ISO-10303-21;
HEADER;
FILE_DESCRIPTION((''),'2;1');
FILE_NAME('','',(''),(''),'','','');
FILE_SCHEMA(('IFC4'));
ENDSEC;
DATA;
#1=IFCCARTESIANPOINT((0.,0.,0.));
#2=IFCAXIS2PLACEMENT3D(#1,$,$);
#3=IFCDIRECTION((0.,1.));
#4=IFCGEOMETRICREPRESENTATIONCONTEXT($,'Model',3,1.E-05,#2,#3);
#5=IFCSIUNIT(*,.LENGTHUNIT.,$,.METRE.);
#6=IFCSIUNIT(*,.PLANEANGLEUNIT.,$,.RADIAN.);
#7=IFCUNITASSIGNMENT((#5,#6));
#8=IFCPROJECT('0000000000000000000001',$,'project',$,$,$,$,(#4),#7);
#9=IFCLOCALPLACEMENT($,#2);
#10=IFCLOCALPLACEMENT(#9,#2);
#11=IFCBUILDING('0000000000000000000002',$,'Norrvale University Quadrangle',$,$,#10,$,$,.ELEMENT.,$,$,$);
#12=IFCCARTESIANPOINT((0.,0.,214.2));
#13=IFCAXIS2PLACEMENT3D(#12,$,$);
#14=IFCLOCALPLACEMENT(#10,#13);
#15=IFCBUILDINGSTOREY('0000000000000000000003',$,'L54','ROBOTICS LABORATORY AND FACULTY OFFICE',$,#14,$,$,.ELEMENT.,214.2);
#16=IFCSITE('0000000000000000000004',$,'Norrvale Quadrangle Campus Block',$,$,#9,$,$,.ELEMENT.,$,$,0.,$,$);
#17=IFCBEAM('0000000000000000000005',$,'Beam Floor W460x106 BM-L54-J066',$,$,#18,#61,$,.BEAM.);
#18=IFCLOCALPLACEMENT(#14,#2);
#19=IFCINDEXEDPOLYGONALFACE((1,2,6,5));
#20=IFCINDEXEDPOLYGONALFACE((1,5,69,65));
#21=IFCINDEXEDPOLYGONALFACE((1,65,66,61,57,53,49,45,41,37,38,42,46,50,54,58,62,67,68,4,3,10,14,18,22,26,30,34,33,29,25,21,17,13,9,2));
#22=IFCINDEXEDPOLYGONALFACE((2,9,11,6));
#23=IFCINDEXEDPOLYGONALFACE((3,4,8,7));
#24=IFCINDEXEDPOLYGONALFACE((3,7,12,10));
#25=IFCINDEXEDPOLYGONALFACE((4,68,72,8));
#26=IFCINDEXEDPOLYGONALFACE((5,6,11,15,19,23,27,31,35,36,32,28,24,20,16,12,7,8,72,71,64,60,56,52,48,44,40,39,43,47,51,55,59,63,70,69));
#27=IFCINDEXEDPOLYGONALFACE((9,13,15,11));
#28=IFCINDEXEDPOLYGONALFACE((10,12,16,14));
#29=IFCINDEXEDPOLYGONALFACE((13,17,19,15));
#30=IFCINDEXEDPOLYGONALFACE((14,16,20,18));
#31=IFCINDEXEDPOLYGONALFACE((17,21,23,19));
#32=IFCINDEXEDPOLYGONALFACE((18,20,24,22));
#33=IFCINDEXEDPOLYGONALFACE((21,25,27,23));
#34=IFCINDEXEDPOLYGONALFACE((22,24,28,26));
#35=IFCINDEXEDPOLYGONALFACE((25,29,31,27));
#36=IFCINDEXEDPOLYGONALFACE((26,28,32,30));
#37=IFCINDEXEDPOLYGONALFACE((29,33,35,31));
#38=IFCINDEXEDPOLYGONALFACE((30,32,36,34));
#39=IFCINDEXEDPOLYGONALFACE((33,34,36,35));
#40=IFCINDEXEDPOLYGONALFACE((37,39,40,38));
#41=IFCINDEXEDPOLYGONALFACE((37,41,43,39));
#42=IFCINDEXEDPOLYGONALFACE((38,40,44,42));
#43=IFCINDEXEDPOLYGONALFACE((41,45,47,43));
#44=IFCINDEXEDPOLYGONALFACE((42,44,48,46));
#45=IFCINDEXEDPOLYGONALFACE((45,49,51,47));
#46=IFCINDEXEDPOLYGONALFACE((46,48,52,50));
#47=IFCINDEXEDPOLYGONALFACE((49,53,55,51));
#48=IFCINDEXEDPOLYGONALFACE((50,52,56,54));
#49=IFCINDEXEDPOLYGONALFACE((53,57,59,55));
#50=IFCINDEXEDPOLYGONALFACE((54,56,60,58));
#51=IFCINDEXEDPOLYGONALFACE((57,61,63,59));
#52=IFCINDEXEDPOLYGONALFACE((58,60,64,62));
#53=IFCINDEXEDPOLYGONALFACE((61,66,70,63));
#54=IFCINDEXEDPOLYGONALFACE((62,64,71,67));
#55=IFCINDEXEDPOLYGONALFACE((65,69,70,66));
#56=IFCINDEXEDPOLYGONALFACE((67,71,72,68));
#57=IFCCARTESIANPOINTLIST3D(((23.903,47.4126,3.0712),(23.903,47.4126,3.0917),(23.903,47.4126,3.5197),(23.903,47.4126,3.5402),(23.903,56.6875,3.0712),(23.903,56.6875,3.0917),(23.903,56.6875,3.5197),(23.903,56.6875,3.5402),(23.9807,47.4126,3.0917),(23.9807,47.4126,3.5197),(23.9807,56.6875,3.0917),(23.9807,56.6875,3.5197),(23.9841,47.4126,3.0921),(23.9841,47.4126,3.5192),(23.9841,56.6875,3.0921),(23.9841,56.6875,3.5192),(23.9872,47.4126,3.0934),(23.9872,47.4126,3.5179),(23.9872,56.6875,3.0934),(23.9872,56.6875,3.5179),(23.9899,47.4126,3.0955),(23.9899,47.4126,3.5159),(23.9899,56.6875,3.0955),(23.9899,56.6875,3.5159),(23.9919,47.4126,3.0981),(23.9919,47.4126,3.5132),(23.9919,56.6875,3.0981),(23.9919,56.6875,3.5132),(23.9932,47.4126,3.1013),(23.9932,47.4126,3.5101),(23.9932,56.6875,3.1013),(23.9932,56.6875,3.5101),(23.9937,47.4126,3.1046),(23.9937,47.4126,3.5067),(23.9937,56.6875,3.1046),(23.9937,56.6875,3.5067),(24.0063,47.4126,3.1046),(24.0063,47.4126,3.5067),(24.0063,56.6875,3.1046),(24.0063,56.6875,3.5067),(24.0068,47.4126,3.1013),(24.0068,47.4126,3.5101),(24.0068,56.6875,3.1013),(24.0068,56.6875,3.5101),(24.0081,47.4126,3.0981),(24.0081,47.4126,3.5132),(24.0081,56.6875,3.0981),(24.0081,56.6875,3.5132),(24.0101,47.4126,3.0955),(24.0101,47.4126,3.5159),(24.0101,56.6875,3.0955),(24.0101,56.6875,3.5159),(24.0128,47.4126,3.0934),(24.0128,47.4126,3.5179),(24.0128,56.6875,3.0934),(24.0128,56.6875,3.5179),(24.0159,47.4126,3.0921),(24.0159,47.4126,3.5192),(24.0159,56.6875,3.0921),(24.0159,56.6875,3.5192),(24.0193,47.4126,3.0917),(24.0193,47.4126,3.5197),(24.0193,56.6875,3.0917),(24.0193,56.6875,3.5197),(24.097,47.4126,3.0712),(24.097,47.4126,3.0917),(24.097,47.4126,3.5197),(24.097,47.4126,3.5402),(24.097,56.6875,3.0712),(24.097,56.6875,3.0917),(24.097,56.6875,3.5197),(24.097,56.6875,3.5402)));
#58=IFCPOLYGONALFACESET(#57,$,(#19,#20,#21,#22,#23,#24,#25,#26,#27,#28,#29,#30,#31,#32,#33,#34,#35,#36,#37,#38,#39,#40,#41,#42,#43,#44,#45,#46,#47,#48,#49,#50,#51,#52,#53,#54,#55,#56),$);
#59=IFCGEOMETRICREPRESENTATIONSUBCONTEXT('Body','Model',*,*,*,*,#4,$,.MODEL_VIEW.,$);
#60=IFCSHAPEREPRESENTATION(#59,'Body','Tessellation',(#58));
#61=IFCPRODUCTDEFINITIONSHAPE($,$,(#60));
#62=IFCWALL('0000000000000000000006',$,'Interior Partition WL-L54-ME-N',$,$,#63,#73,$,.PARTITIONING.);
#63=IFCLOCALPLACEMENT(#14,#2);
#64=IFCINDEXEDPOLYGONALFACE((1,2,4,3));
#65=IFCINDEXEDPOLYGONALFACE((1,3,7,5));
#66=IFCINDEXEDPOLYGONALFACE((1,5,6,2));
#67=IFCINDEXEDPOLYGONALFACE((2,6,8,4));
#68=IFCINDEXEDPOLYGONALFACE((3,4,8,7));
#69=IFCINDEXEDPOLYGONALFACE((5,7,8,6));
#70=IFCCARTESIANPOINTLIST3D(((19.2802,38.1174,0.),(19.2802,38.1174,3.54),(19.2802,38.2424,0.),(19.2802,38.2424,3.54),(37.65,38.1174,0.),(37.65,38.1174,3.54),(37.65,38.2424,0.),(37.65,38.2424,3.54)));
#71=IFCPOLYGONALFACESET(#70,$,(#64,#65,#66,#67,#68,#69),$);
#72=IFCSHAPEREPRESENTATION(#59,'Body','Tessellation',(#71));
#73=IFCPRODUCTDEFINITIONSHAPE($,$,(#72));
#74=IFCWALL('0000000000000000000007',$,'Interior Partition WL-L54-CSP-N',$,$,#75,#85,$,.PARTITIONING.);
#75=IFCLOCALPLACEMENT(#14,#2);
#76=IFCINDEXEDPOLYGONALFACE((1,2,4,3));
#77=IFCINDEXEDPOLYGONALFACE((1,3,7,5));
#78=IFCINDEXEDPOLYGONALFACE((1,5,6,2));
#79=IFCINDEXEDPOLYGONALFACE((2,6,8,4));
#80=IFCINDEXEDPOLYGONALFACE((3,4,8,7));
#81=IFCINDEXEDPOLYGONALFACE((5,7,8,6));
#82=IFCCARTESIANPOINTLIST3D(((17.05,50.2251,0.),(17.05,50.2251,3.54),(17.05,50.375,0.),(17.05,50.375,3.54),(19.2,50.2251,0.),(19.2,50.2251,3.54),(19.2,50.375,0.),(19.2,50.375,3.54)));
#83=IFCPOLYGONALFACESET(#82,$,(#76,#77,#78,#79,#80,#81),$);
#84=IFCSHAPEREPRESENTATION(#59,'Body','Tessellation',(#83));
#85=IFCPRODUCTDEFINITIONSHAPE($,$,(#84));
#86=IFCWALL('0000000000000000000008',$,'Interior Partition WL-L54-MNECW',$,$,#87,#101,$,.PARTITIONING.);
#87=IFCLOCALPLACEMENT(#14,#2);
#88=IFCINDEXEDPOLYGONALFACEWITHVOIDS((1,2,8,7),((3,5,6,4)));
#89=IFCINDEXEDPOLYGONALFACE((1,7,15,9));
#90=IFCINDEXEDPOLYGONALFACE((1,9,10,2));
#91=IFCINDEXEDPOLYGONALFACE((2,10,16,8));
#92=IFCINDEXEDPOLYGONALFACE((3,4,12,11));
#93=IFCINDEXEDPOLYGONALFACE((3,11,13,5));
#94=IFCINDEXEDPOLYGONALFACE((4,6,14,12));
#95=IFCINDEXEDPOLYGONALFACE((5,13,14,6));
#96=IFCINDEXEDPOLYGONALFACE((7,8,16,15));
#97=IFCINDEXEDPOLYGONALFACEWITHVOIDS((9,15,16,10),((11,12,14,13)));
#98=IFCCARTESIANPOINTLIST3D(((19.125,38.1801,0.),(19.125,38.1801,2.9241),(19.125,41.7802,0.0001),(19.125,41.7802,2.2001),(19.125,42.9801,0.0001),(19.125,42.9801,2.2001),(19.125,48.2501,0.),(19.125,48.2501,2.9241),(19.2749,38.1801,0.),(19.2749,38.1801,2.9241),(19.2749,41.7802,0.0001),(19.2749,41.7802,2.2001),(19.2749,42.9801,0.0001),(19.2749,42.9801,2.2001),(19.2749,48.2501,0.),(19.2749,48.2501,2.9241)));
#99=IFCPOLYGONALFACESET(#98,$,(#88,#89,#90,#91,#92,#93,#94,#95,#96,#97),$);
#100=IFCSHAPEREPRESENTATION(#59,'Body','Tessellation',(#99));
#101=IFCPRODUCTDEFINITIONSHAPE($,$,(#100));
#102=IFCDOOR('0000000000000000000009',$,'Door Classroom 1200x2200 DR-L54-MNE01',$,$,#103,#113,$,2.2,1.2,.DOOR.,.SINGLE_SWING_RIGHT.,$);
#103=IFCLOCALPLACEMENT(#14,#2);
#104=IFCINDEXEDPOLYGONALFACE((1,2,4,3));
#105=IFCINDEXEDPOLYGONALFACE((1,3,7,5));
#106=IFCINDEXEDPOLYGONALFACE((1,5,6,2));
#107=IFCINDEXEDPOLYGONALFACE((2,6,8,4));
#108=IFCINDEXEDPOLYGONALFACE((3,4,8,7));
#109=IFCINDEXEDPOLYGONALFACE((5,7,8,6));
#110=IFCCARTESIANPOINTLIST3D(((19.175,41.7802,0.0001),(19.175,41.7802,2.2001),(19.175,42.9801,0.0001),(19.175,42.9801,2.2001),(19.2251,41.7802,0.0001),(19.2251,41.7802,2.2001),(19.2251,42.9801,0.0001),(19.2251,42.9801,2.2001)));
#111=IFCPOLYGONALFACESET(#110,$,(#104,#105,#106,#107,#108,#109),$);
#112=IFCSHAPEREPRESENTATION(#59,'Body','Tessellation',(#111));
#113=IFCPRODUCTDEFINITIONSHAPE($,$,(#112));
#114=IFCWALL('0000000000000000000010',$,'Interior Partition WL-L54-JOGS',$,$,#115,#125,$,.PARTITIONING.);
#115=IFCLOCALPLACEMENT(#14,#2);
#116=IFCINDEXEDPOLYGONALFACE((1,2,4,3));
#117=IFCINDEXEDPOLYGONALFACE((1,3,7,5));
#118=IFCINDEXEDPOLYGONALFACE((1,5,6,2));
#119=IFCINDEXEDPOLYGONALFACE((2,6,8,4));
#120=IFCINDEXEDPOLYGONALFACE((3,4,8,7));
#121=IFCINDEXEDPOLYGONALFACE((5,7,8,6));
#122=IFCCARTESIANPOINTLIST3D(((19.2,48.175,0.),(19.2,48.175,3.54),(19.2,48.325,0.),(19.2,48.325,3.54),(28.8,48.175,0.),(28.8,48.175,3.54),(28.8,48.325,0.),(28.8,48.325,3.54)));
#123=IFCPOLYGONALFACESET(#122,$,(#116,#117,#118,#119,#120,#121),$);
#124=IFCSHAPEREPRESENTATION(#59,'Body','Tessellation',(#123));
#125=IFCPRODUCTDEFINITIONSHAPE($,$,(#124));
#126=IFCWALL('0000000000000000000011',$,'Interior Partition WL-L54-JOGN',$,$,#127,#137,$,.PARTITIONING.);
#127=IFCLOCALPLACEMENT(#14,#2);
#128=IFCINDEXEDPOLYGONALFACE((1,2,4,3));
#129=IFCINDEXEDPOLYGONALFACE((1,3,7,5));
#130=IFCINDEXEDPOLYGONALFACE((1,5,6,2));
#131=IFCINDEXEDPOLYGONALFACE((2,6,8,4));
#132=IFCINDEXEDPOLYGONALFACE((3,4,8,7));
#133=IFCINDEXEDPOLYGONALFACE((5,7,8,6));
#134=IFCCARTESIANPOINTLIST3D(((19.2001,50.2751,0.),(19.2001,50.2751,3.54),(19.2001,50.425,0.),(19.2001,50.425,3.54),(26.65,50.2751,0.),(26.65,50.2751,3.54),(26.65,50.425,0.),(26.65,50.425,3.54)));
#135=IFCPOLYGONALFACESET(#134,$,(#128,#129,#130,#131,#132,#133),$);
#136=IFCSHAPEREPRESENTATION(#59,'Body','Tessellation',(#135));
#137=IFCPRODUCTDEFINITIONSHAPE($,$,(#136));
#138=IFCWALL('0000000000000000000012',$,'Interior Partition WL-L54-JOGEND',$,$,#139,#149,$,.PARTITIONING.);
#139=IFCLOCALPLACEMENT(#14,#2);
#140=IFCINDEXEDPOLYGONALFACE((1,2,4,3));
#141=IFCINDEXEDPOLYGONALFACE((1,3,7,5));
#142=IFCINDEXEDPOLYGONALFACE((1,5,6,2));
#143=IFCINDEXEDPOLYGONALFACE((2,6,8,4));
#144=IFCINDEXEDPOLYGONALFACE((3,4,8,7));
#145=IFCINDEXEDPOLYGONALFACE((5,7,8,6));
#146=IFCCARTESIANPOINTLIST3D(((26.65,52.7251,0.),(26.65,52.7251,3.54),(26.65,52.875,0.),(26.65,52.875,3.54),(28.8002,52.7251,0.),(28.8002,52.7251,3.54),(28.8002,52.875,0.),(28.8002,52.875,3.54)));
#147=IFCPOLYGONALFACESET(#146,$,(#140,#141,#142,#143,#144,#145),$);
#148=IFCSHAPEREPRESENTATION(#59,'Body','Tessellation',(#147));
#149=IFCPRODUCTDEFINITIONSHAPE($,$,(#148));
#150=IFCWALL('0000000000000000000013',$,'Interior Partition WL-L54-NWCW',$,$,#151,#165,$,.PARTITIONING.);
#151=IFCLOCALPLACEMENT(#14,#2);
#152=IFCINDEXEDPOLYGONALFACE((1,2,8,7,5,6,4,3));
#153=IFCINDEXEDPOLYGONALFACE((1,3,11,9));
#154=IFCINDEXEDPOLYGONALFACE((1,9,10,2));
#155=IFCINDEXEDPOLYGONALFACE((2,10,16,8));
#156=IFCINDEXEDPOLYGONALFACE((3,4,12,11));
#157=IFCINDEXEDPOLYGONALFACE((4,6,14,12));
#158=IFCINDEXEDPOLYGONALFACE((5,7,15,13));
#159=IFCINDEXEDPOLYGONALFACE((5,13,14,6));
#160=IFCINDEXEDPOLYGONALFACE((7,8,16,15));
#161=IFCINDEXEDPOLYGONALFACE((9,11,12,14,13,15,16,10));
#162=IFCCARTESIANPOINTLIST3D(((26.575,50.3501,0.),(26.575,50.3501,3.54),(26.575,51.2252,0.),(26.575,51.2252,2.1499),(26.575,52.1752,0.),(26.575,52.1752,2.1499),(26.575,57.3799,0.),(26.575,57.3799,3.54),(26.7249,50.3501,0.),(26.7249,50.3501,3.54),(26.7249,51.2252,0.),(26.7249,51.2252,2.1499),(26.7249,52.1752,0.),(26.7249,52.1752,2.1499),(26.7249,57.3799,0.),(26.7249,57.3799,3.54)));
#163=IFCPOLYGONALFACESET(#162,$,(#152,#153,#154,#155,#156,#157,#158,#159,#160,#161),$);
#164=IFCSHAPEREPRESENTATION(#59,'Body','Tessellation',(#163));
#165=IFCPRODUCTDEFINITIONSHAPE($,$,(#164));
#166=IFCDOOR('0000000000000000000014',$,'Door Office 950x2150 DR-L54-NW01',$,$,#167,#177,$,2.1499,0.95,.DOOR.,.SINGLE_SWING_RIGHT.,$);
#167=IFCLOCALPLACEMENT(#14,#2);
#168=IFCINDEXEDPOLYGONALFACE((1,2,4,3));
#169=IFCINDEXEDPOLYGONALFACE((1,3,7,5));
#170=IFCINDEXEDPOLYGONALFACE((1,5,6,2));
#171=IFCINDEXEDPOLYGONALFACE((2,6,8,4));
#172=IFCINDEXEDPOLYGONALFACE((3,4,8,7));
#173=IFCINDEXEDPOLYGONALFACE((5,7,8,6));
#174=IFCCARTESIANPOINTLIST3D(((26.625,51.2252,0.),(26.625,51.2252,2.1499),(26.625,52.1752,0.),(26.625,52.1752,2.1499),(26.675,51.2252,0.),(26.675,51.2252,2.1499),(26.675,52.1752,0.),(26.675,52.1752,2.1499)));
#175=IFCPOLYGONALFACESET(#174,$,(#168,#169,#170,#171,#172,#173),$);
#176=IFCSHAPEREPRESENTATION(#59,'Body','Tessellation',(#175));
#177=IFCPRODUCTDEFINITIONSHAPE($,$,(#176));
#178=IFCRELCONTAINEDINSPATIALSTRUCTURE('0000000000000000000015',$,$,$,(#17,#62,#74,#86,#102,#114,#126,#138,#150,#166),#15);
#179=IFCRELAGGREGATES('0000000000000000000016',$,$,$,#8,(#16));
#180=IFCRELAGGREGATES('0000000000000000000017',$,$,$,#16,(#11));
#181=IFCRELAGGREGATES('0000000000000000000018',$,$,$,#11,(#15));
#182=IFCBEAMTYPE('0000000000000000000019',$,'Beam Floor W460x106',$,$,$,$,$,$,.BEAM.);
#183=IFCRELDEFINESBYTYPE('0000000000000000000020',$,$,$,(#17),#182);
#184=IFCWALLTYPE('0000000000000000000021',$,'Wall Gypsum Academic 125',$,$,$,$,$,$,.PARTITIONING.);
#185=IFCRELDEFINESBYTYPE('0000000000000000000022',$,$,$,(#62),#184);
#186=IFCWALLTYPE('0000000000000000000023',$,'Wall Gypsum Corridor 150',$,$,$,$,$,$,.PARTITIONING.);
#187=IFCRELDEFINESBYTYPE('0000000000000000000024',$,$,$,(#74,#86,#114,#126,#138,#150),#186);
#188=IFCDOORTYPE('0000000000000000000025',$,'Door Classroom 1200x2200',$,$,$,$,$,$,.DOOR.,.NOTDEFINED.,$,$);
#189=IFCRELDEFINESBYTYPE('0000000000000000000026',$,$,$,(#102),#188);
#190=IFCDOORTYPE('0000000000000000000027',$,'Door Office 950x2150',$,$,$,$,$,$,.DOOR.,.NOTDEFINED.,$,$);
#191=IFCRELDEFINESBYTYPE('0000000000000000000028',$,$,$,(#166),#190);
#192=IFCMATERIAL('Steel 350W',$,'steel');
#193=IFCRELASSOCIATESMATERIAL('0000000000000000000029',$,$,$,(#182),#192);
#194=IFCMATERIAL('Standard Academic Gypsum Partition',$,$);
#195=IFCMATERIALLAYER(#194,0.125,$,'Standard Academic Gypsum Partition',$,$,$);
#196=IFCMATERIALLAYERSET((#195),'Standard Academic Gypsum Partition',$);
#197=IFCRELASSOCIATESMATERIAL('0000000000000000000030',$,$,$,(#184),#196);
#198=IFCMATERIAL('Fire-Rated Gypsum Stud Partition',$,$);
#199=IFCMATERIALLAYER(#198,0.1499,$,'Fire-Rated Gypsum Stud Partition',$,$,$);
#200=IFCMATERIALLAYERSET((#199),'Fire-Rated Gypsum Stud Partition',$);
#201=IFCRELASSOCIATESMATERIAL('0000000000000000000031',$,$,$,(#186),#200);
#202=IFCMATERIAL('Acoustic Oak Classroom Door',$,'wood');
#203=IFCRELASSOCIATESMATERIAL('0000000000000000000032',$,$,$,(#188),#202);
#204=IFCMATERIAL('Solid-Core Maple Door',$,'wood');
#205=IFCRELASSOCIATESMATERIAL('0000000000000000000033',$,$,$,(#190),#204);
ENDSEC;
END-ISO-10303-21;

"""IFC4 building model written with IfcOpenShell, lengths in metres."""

from ifc_helpers import new_model, si_unit, direction, frame, frame_2d, origin, origin_2d, place, context, subcontext, project, spatial, rectangle, i_section, extrude, material, layer, layer_set, material_profile, profile_set, type_object, element, fill, save


model = new_model("IFC4")

# Units and contexts
model_context = context("Model", 3, precision=1e-05, world=origin(), true_north=direction((0.0, 1.0)))
body_context = subcontext(model_context, "Body", "Model", "MODEL_VIEW")
ifc_project = project(units=[si_unit("LENGTHUNIT", "METRE"), si_unit("PLANEANGLEUNIT", "RADIAN")], contexts=[model_context])

# Site, building, storey
site_placement = place(None, origin())
site = spatial("IfcSite", under=ifc_project, at=site_placement, Name="Norrvale Quadrangle Campus Block", CompositionType="ELEMENT", RefElevation=0.0)
building_placement = place(site_placement, origin())
building = spatial("IfcBuilding", under=site, at=building_placement, Name="Norrvale University Quadrangle", CompositionType="ELEMENT")
storey_placement = place(building_placement, frame((0.0, 0.0, 214.2)))
storey = spatial("IfcBuildingStorey", under=building, at=storey_placement, Name="L54", Description="ROBOTICS LABORATORY AND FACULTY OFFICE", CompositionType="ELEMENT", Elevation=214.2)

# Beam
ifc_material_1 = material(Name="Steel 350W", Category="steel")
ifc_material_profile_1 = material_profile(ifc_material_1, i_section(OverallWidth=0.1941, OverallDepth=0.469, WebThickness=0.0127, FlangeThickness=0.0205, FilletRadius=0.0129, at=origin_2d()), Name="Steel 350W")
ifc_profile_set_1 = profile_set([ifc_material_profile_1], Name="Steel 350W")
beam_type_1 = type_object("IfcBeamType", Name="Beam Floor W460x106", PredefinedType="BEAM", material=ifc_profile_set_1)
for number, where, z_axis, x_axis, name in (
    (1, (24.0, 47.4126, 3.3057), (0.0, 1.0, 0.0), (-1.0, 0.0, 0.0), "Beam Floor W460x106 BM-L54-J066"),
):
    element("IfcBeam", number, at=place(storey_placement, frame(where, z_axis=z_axis, x_axis=x_axis)), inside=storey, type_object=beam_type_1, Name=name, PredefinedType="BEAM", context=body_context, shape_type="SweptSolid", body=[
        extrude(i_section(OverallWidth=0.1941, OverallDepth=0.469, WebThickness=0.0127, FlangeThickness=0.0205, FilletRadius=0.0129, at=origin_2d()), origin(), (0.0, 0.0, 1.0), 9.2749),
    ])

# Walls
ifc_material_2 = material(Name="Standard Academic Gypsum Partition")
ifc_layer_1 = layer(ifc_material_2, 0.125, Name="Standard Academic Gypsum Partition")
ifc_layer_set_1 = layer_set([ifc_layer_1], Name="Standard Academic Gypsum Partition")
wall_type_1 = type_object("IfcWallType", Name="Wall Gypsum Academic 125", PredefinedType="PARTITIONING", material=ifc_layer_set_1)
wall_1_placement = place(storey_placement, frame((19.28, 38.1799, 0.0), z_axis=(0.0, 0.0, 1.0), x_axis=(1.0, 0.0, 0.0)))
element("IfcWall", 2, at=wall_1_placement, inside=storey, type_object=wall_type_1, Name="Interior Partition WL-L54-ME-N", PredefinedType="PARTITIONING", context=body_context, shape_type="SweptSolid", body=[
    extrude(rectangle(XDim=18.3699, YDim=0.125, at=frame_2d((9.1851, 0.0))), origin(), (0.0, 0.0, 1.0), 3.54),
])
ifc_material_3 = material(Name="Fire-Rated Gypsum Stud Partition")
ifc_layer_2 = layer(ifc_material_3, 0.1499, Name="Fire-Rated Gypsum Stud Partition")
ifc_layer_set_2 = layer_set([ifc_layer_2], Name="Fire-Rated Gypsum Stud Partition")
wall_type_2 = type_object("IfcWallType", Name="Wall Gypsum Corridor 150", PredefinedType="PARTITIONING", material=ifc_layer_set_2)
wall_2_placement = place(storey_placement, frame((17.05, 50.3, 0.0), z_axis=(0.0, 0.0, 1.0), x_axis=(1.0, 0.0, 0.0)))
element("IfcWall", 3, at=wall_2_placement, inside=storey, type_object=wall_type_2, Name="Interior Partition WL-L54-CSP-N", PredefinedType="PARTITIONING", context=body_context, shape_type="SweptSolid", body=[
    extrude(rectangle(XDim=2.1499, YDim=0.1499, at=frame_2d((1.075, 0.0))), origin(), (0.0, 0.0, 1.0), 3.54),
])

# Wall, opening, door
wall_3_placement = place(storey_placement, frame((19.2, 38.1799, 0.0), z_axis=(0.0, 0.0, 1.0), x_axis=(0.0, 1.0, 0.0)))
wall_3 = element("IfcWall", 4, at=wall_3_placement, inside=storey, type_object=wall_type_2, Name="Interior Partition WL-L54-MNECW", PredefinedType="PARTITIONING", context=body_context, shape_type="SweptSolid", body=[
    extrude(rectangle(XDim=10.0701, YDim=0.1499, at=frame_2d((5.0352, 0.0))), origin(), (0.0, 0.0, 1.0), 2.9241),
])
opening_1_placement = place(wall_3_placement, frame((3.6001, 0.0, 0.0)))
opening_1 = element("IfcOpeningElement", 5, at=opening_1_placement, cuts=wall_3, PredefinedType="OPENING", context=body_context, shape_type="SweptSolid", body=[
    extrude(rectangle(XDim=1.2, YDim=2.2, at=frame_2d((0.6001, 1.1001))), frame((0.0, 0.0869, 0.0), z_axis=(0.0, -1.0, 0.0), x_axis=(1.0, 0.0, 0.0)), (0.0, 0.0, 1.0), 0.1738),
])
ifc_material_4 = material(Name="Acoustic Oak Classroom Door", Category="wood")
door_type_1 = type_object("IfcDoorType", Name="Door Classroom 1200x2200", OperationType="NOTDEFINED", PredefinedType="DOOR", material=ifc_material_4)
door_1_placement = place(opening_1_placement, origin())
door_1 = element("IfcDoor", 6, at=door_1_placement, inside=storey, type_object=door_type_1, Name="Door Classroom 1200x2200 DR-L54-MNE01", OperationType="SINGLE_SWING_RIGHT", OverallHeight=2.2, OverallWidth=1.2, PredefinedType="DOOR", context=body_context, shape_type="SweptSolid", body=[
    extrude(rectangle(XDim=1.2, YDim=2.2, at=frame_2d((0.6001, 1.1001))), frame((0.0, 0.0249, 0.0), z_axis=(0.0, -1.0, 0.0), x_axis=(1.0, 0.0, 0.0)), (0.0, 0.0, 1.0), 0.05),
])
fill(opening_1, door_1)

# Walls
wall_4_placement = place(storey_placement, frame((19.2, 48.25, 0.0), z_axis=(0.0, 0.0, 1.0), x_axis=(1.0, 0.0, 0.0)))
element("IfcWall", 7, at=wall_4_placement, inside=storey, type_object=wall_type_2, Name="Interior Partition WL-L54-JOGS", PredefinedType="PARTITIONING", context=body_context, shape_type="SweptSolid", body=[
    extrude(rectangle(XDim=9.6001, YDim=0.1499, at=frame_2d((4.8, 0.0))), origin(), (0.0, 0.0, 1.0), 3.54),
])
wall_5_placement = place(storey_placement, frame((19.2, 50.3501, 0.0), z_axis=(0.0, 0.0, 1.0), x_axis=(1.0, 0.0, 0.0)))
element("IfcWall", 8, at=wall_5_placement, inside=storey, type_object=wall_type_2, Name="Interior Partition WL-L54-JOGN", PredefinedType="PARTITIONING", context=body_context, shape_type="SweptSolid", body=[
    extrude(rectangle(XDim=7.45, YDim=0.1499, at=frame_2d((3.7251, 0.0))), origin(), (0.0, 0.0, 1.0), 3.54),
])
wall_6_placement = place(storey_placement, frame((26.6499, 52.8, 0.0), z_axis=(0.0, 0.0, 1.0), x_axis=(1.0, 0.0, 0.0)))
element("IfcWall", 9, at=wall_6_placement, inside=storey, type_object=wall_type_2, Name="Interior Partition WL-L54-JOGEND", PredefinedType="PARTITIONING", context=body_context, shape_type="SweptSolid", body=[
    extrude(rectangle(XDim=2.1501, YDim=0.1499, at=frame_2d((1.0752, 0.0))), origin(), (0.0, 0.0, 1.0), 3.54),
])

# Wall, opening, door
wall_7_placement = place(storey_placement, frame((26.6499, 50.3501, 0.0), z_axis=(0.0, 0.0, 1.0), x_axis=(0.0, 1.0, 0.0)))
wall_7 = element("IfcWall", 10, at=wall_7_placement, inside=storey, type_object=wall_type_2, Name="Interior Partition WL-L54-NWCW", PredefinedType="PARTITIONING", context=body_context, shape_type="SweptSolid", body=[
    extrude(rectangle(XDim=7.0298, YDim=0.1499, at=frame_2d((3.5149, 0.0))), origin(), (0.0, 0.0, 1.0), 3.54),
])
opening_2_placement = place(wall_7_placement, frame((0.875, 0.0, 0.0)))
opening_2 = element("IfcOpeningElement", 11, at=opening_2_placement, cuts=wall_7, PredefinedType="OPENING", context=body_context, shape_type="SweptSolid", body=[
    extrude(rectangle(XDim=0.95, YDim=2.1499, at=frame_2d((0.4751, 1.075))), frame((0.0, 0.0869, 0.0), z_axis=(0.0, -1.0, 0.0), x_axis=(1.0, 0.0, 0.0)), (0.0, 0.0, 1.0), 0.1738),
])
ifc_material_5 = material(Name="Solid-Core Maple Door", Category="wood")
door_type_2 = type_object("IfcDoorType", Name="Door Office 950x2150", OperationType="NOTDEFINED", PredefinedType="DOOR", material=ifc_material_5)
door_2_placement = place(opening_2_placement, origin())
door_2 = element("IfcDoor", 12, at=door_2_placement, inside=storey, type_object=door_type_2, Name="Door Office 950x2150 DR-L54-NW01", OperationType="SINGLE_SWING_RIGHT", OverallHeight=2.1499, OverallWidth=0.95, PredefinedType="DOOR", context=body_context, shape_type="SweptSolid", body=[
    extrude(rectangle(XDim=0.95, YDim=2.1499, at=frame_2d((0.4751, 1.075))), frame((0.0, 0.0249, 0.0), z_axis=(0.0, -1.0, 0.0), x_axis=(1.0, 0.0, 0.0)), (0.0, 0.0, 1.0), 0.05),
])
fill(opening_2, door_2)

save(model, "model.ifc")
